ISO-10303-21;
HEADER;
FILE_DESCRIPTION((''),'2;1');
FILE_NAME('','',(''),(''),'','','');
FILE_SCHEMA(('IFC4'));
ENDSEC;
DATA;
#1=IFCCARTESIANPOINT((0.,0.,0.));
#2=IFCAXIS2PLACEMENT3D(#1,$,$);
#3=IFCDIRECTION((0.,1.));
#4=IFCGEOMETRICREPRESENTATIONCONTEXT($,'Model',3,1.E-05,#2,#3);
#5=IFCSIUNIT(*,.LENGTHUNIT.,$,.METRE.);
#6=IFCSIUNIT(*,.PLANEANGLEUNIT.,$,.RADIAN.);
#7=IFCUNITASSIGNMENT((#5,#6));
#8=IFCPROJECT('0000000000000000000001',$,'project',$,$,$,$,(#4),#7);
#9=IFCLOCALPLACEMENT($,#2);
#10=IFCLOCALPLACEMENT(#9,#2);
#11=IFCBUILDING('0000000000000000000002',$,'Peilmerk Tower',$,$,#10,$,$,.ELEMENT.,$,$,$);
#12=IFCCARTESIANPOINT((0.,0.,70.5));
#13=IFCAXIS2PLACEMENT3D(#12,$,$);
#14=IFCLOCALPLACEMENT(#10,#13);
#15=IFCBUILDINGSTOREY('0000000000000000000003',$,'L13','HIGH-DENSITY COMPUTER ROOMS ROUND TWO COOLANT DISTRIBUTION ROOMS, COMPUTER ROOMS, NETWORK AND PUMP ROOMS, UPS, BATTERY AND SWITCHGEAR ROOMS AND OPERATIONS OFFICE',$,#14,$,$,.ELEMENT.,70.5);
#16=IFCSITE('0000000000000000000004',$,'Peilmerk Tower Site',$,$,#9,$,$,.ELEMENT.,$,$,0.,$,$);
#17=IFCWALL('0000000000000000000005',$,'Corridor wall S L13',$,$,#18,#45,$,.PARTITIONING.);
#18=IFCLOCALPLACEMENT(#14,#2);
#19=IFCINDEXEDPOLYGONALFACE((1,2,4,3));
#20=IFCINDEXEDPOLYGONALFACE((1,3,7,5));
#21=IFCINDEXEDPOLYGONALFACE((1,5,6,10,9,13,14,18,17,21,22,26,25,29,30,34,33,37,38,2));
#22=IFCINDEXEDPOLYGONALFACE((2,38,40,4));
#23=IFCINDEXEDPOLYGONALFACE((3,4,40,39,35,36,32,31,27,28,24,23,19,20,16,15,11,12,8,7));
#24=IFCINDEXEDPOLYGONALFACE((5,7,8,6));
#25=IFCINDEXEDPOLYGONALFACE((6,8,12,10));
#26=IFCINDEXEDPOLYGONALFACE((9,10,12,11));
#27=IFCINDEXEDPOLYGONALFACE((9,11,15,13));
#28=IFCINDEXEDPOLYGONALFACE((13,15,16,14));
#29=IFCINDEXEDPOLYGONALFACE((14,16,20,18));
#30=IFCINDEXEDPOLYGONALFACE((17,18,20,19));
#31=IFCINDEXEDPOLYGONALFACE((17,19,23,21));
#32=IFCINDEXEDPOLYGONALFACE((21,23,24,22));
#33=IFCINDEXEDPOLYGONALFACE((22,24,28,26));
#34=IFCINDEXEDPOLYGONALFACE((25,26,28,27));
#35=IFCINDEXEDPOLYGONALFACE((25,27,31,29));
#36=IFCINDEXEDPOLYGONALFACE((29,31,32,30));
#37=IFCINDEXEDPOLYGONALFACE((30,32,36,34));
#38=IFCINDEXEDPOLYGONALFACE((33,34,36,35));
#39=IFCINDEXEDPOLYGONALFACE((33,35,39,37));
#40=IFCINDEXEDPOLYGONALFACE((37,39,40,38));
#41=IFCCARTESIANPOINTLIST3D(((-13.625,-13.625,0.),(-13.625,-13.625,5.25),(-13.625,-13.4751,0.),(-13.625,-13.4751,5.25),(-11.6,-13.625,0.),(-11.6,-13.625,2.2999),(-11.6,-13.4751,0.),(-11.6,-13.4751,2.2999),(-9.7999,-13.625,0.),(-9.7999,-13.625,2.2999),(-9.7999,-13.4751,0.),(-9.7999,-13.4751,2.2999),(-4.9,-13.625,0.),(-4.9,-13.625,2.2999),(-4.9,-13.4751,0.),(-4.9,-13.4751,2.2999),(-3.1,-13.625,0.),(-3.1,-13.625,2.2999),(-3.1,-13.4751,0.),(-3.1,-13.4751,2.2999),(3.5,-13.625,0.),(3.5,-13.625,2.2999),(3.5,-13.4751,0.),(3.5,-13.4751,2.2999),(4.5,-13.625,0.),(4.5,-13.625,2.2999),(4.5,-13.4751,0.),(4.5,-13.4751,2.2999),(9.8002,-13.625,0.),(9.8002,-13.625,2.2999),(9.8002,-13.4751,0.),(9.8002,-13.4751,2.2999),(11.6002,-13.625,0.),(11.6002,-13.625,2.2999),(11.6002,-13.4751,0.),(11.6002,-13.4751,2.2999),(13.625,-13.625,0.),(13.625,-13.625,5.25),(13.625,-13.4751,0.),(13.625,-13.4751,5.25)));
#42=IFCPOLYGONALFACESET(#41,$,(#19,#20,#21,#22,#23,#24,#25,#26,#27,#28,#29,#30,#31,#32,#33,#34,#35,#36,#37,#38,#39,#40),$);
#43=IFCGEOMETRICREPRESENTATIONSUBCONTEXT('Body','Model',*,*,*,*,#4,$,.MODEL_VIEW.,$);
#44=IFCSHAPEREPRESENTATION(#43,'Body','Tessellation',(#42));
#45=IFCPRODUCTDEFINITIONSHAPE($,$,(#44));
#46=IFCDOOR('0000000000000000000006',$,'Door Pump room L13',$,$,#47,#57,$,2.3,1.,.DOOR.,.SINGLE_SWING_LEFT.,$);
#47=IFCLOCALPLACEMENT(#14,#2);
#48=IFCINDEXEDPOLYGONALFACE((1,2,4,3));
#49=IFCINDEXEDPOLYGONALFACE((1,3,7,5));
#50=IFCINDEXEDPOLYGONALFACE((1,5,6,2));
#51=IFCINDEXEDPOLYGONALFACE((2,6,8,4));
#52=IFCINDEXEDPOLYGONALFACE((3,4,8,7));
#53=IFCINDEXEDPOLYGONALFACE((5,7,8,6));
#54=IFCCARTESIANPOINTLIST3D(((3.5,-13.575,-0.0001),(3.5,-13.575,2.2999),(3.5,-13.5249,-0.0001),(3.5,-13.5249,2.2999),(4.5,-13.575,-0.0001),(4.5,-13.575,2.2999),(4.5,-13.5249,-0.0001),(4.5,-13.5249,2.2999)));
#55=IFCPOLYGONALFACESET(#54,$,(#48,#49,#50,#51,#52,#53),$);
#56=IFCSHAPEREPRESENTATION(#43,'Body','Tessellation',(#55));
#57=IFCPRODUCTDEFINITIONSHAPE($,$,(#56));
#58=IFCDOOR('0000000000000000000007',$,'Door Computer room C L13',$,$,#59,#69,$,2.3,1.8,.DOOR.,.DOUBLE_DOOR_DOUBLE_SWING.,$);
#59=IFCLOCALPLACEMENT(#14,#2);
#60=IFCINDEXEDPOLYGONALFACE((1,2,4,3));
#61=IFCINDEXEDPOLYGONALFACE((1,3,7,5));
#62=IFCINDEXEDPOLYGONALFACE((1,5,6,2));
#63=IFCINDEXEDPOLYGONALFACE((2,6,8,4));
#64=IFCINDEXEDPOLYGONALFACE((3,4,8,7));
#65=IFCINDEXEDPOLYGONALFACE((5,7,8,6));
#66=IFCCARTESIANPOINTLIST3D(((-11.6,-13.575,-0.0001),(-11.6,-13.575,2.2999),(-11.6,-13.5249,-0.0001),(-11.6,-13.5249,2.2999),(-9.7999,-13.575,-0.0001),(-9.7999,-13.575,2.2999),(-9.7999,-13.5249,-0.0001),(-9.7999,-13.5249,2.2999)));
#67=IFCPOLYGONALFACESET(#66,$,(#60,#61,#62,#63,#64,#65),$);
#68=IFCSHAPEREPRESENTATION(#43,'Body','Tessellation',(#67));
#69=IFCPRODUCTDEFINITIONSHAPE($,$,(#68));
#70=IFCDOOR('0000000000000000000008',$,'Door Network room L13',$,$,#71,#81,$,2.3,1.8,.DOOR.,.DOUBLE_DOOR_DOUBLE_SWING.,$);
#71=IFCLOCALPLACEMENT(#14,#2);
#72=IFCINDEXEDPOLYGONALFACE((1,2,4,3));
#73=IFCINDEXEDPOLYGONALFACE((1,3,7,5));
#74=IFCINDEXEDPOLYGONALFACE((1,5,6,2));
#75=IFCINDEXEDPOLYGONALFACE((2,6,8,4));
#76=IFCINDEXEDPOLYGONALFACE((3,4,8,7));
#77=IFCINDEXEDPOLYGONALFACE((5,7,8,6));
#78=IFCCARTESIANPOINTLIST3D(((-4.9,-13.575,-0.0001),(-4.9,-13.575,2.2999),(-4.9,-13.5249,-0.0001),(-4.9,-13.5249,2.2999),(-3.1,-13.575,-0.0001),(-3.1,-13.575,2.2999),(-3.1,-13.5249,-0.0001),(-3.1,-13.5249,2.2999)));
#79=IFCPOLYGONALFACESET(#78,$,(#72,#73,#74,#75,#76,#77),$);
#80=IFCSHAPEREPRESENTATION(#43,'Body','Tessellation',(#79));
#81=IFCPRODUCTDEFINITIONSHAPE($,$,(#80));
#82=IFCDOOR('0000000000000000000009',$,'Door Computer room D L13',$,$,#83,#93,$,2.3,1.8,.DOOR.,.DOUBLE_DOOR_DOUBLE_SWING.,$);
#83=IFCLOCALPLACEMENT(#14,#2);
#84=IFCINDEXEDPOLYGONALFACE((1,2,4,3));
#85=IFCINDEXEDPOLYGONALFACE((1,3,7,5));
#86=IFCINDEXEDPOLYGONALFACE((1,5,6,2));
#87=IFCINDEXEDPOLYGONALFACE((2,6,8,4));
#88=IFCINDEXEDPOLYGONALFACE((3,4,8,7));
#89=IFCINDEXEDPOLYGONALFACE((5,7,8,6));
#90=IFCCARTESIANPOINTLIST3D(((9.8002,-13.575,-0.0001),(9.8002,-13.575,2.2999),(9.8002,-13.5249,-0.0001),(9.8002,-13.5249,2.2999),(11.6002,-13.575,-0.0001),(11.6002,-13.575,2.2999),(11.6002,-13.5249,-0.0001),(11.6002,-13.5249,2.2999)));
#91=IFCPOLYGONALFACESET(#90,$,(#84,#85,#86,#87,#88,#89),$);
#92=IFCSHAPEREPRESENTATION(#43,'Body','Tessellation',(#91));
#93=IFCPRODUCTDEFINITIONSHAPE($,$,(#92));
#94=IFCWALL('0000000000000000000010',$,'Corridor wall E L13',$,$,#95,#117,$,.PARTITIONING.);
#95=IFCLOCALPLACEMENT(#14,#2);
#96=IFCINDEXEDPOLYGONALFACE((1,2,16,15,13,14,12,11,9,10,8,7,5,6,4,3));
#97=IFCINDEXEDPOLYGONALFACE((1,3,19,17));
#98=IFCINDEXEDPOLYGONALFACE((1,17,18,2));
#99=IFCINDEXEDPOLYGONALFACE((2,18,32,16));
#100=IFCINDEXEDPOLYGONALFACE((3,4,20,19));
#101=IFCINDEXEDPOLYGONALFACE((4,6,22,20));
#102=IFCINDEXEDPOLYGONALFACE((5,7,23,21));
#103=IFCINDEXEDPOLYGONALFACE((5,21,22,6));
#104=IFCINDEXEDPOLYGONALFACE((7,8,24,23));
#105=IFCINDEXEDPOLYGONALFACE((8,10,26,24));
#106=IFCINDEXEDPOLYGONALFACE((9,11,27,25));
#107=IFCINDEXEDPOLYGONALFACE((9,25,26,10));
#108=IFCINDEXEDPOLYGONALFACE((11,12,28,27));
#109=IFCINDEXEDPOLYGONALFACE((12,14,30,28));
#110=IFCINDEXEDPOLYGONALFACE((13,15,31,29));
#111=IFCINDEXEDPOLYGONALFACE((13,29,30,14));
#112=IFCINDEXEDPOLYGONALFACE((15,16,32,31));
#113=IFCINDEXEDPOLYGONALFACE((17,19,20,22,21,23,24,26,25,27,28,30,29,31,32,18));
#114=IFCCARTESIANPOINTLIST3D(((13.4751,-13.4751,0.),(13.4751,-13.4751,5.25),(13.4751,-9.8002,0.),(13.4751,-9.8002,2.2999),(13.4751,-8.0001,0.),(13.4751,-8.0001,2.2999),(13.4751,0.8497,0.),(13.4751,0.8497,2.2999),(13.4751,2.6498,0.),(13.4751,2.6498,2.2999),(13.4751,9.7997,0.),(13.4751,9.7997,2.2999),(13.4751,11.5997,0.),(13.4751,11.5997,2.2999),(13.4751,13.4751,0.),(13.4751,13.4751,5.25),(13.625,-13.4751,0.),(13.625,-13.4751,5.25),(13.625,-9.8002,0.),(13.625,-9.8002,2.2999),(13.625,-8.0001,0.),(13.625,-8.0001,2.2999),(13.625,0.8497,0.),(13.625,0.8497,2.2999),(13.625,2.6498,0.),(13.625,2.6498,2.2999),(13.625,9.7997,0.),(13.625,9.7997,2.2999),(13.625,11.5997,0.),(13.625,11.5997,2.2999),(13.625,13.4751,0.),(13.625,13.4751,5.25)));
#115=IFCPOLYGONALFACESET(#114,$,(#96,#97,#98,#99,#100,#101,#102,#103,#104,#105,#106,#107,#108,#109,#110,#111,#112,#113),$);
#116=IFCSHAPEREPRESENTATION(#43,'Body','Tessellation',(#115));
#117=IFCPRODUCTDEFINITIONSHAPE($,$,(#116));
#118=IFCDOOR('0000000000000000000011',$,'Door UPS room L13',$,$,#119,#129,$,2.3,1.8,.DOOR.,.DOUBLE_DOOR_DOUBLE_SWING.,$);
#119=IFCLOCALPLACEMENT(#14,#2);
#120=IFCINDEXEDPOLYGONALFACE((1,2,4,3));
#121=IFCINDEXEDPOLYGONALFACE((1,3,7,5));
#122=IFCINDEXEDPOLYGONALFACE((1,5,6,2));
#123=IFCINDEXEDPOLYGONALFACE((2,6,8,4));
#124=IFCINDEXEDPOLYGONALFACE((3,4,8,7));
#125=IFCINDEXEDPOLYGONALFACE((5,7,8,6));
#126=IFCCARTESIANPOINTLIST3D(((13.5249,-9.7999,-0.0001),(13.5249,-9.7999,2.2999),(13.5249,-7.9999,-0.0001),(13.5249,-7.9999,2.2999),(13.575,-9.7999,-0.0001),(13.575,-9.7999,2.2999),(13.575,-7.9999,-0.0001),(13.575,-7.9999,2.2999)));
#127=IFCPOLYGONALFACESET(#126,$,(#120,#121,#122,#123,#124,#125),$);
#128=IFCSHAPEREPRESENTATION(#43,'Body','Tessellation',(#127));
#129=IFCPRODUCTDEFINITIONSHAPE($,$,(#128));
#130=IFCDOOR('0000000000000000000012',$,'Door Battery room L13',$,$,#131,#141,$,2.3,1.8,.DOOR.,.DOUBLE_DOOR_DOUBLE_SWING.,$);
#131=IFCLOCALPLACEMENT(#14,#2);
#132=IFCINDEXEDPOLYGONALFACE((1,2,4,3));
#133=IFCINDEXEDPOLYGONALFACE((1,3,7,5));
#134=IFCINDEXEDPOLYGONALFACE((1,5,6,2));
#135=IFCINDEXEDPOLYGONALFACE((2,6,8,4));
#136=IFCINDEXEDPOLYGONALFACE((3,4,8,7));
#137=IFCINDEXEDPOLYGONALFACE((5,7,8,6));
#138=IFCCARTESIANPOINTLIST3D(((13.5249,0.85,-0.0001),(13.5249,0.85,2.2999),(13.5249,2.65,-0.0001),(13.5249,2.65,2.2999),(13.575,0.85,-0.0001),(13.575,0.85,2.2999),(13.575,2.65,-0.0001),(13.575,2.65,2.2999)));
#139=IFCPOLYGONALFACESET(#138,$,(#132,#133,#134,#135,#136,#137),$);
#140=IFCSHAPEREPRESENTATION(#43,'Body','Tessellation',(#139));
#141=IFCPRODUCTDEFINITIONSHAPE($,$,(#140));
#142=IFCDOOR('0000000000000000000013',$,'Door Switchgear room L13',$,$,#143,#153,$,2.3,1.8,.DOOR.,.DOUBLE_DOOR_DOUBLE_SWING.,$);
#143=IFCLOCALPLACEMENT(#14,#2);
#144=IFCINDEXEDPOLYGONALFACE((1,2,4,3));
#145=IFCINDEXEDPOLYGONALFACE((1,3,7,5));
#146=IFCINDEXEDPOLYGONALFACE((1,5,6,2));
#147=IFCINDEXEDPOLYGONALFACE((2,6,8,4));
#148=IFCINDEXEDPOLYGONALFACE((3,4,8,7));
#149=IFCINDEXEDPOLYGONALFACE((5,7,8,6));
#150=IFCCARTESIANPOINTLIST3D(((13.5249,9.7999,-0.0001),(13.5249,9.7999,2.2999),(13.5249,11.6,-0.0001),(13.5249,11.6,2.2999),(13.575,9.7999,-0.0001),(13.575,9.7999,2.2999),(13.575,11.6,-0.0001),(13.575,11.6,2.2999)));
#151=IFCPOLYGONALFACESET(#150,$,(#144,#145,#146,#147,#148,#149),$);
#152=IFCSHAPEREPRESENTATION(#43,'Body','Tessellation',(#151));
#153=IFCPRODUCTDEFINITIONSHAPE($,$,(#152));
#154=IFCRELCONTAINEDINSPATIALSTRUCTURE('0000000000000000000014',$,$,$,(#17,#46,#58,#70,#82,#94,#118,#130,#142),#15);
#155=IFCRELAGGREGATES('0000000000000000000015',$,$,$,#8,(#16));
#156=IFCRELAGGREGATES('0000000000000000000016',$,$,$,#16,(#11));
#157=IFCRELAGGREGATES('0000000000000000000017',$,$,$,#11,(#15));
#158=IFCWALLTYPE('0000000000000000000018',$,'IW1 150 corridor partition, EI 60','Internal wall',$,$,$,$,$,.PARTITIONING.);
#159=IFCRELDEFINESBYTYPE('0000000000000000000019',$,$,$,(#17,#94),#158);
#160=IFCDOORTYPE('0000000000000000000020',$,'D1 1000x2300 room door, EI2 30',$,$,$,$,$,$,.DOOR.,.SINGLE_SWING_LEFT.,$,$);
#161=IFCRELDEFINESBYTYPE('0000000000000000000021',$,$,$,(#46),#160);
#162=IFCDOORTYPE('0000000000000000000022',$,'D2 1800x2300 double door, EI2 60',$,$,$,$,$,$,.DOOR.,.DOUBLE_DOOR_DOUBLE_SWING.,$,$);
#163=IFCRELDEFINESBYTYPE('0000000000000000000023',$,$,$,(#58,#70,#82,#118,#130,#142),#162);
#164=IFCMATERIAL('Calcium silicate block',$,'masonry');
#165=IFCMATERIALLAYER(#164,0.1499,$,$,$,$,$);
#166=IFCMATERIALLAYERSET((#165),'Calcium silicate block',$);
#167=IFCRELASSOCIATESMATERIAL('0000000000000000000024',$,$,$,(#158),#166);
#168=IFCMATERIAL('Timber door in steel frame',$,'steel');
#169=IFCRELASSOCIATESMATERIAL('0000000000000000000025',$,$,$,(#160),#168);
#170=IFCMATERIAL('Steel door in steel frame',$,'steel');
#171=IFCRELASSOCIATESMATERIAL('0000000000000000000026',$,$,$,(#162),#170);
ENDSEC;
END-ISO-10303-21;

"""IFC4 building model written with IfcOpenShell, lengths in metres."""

from ifc_helpers import new_model, si_unit, direction, frame, frame_2d, origin, place, context, subcontext, project, spatial, rectangle, extrude, material, layer, layer_set, type_object, element, fill, save


model = new_model("IFC4")

# Units and contexts
model_context = context("Model", 3, precision=1e-05, world=origin(), true_north=direction((0.0, 1.0)))
body_context = subcontext(model_context, "Body", "Model", "MODEL_VIEW")
ifc_project = project(units=[si_unit("LENGTHUNIT", "METRE"), si_unit("PLANEANGLEUNIT", "RADIAN")], contexts=[model_context])

# Site, building, storey
site_placement = place(None, origin())
site = spatial("IfcSite", under=ifc_project, at=site_placement, Name="Peilmerk Tower Site", CompositionType="ELEMENT", RefElevation=0.0)
building_placement = place(site_placement, origin())
building = spatial("IfcBuilding", under=site, at=building_placement, Name="Peilmerk Tower", CompositionType="ELEMENT")
storey_placement = place(building_placement, frame((0.0, 0.0, 70.5)))
storey = spatial("IfcBuildingStorey", under=building, at=storey_placement, Name="L13", Description="HIGH-DENSITY COMPUTER ROOMS ROUND TWO COOLANT DISTRIBUTION ROOMS, COMPUTER ROOMS, NETWORK AND PUMP ROOMS, UPS, BATTERY AND SWITCHGEAR ROOMS AND OPERATIONS OFFICE", CompositionType="ELEMENT", Elevation=70.5)

# Walls, openings, doors
ifc_material_1 = material(Name="Calcium silicate block", Category="masonry")
ifc_layer_1 = layer(ifc_material_1, 0.1499)
ifc_layer_set_1 = layer_set([ifc_layer_1], Name="Calcium silicate block")
wall_type_1 = type_object("IfcWallType", Name="IW1 150 corridor partition, EI 60", Description="Internal wall", PredefinedType="PARTITIONING", material=ifc_layer_set_1)
wall_1_placement = place(storey_placement, frame((13.625, -13.55, 0.0), z_axis=(0.0, 0.0, 1.0), x_axis=(-1.0, 0.0, 0.0)))
wall_1 = element("IfcWall", 1, at=wall_1_placement, inside=storey, type_object=wall_type_1, Name="Corridor wall S L13", PredefinedType="PARTITIONING", context=body_context, shape_type="SweptSolid", body=[
    extrude(rectangle(XDim=27.25, YDim=0.1499, at=frame_2d((13.625, 0.0))), origin(), (0.0, 0.0, 1.0), 5.25),
])
opening_1_placement = place(wall_1_placement, frame((23.425, 0.0, 0.0)))
opening_1 = element("IfcOpeningElement", 2, at=opening_1_placement, cuts=wall_1, PredefinedType="OPENING", context=body_context, shape_type="SweptSolid", body=[
    extrude(rectangle(XDim=1.8, YDim=2.3, at=frame_2d((0.8999, 1.1499))), frame((0.0, 0.085, 0.0), z_axis=(0.0, -1.0, 0.0), x_axis=(1.0, 0.0, 0.0)), (0.0, 0.0, 1.0), 0.1699),
])
opening_2_placement = place(wall_1_placement, frame((16.7251, 0.0, 0.0)))
opening_2 = element("IfcOpeningElement", 3, at=opening_2_placement, cuts=wall_1, PredefinedType="OPENING", context=body_context, shape_type="SweptSolid", body=[
    extrude(rectangle(XDim=1.8, YDim=2.3, at=frame_2d((0.8999, 1.1499))), frame((0.0, 0.085, 0.0), z_axis=(0.0, -1.0, 0.0), x_axis=(1.0, 0.0, 0.0)), (0.0, 0.0, 1.0), 0.1699),
])
opening_3_placement = place(wall_1_placement, frame((9.125, 0.0, 0.0)))
opening_3 = element("IfcOpeningElement", 4, at=opening_3_placement, cuts=wall_1, PredefinedType="OPENING", context=body_context, shape_type="SweptSolid", body=[
    extrude(rectangle(XDim=1.0, YDim=2.3, at=frame_2d((0.5, 1.1499))), frame((0.0, 0.085, 0.0), z_axis=(0.0, -1.0, 0.0), x_axis=(1.0, 0.0, 0.0)), (0.0, 0.0, 1.0), 0.1699),
])
opening_4_placement = place(wall_1_placement, frame((2.0249, 0.0, 0.0)))
opening_4 = element("IfcOpeningElement", 5, at=opening_4_placement, cuts=wall_1, PredefinedType="OPENING", context=body_context, shape_type="SweptSolid", body=[
    extrude(rectangle(XDim=1.8, YDim=2.3, at=frame_2d((0.8999, 1.1499))), frame((0.0, 0.085, 0.0), z_axis=(0.0, -1.0, 0.0), x_axis=(1.0, 0.0, 0.0)), (0.0, 0.0, 1.0), 0.1699),
])
ifc_material_2 = material(Name="Timber door in steel frame", Category="steel")
door_type_1 = type_object("IfcDoorType", Name="D1 1000x2300 room door, EI2 30", OperationType="SINGLE_SWING_LEFT", PredefinedType="DOOR", material=ifc_material_2)
door_1_placement = place(opening_3_placement, origin())
door_1 = element("IfcDoor", 6, at=door_1_placement, inside=storey, type_object=door_type_1, Name="Door Pump room L13", OperationType="SINGLE_SWING_LEFT", OverallHeight=2.3, OverallWidth=1.0, PredefinedType="DOOR", context=body_context, shape_type="SweptSolid", body=[
    extrude(rectangle(XDim=1.0, YDim=2.3, at=frame_2d((0.5, 1.1499))), frame((0.0, 0.0249, 0.0), z_axis=(0.0, -1.0, 0.0), x_axis=(1.0, 0.0, 0.0)), (0.0, 0.0, 1.0), 0.05),
])
fill(opening_3, door_1)
ifc_material_3 = material(Name="Steel door in steel frame", Category="steel")
door_type_2 = type_object("IfcDoorType", Name="D2 1800x2300 double door, EI2 60", OperationType="DOUBLE_DOOR_DOUBLE_SWING", PredefinedType="DOOR", material=ifc_material_3)
door_2_placement = place(opening_1_placement, origin())
door_2 = element("IfcDoor", 7, at=door_2_placement, inside=storey, type_object=door_type_2, Name="Door Computer room C L13", OperationType="DOUBLE_DOOR_DOUBLE_SWING", OverallHeight=2.3, OverallWidth=1.8, PredefinedType="DOOR", context=body_context, shape_type="SweptSolid", body=[
    extrude(rectangle(XDim=1.8, YDim=2.3, at=frame_2d((0.8999, 1.1499))), frame((0.0, 0.0249, 0.0), z_axis=(0.0, -1.0, 0.0), x_axis=(1.0, 0.0, 0.0)), (0.0, 0.0, 1.0), 0.05),
])
fill(opening_1, door_2)
door_3_placement = place(opening_2_placement, origin())
door_3 = element("IfcDoor", 8, at=door_3_placement, inside=storey, type_object=door_type_2, Name="Door Network room L13", OperationType="DOUBLE_DOOR_DOUBLE_SWING", OverallHeight=2.3, OverallWidth=1.8, PredefinedType="DOOR", context=body_context, shape_type="SweptSolid", body=[
    extrude(rectangle(XDim=1.8, YDim=2.3, at=frame_2d((0.8999, 1.1499))), frame((0.0, 0.0249, 0.0), z_axis=(0.0, -1.0, 0.0), x_axis=(1.0, 0.0, 0.0)), (0.0, 0.0, 1.0), 0.05),
])
fill(opening_2, door_3)
door_4_placement = place(opening_4_placement, origin())
door_4 = element("IfcDoor", 9, at=door_4_placement, inside=storey, type_object=door_type_2, Name="Door Computer room D L13", OperationType="DOUBLE_DOOR_DOUBLE_SWING", OverallHeight=2.3, OverallWidth=1.8, PredefinedType="DOOR", context=body_context, shape_type="SweptSolid", body=[
    extrude(rectangle(XDim=1.8, YDim=2.3, at=frame_2d((0.8999, 1.1499))), frame((0.0, 0.0249, 0.0), z_axis=(0.0, -1.0, 0.0), x_axis=(1.0, 0.0, 0.0)), (0.0, 0.0, 1.0), 0.05),
])
fill(opening_4, door_4)
wall_2_placement = place(storey_placement, frame((13.55, -13.4751, 0.0), z_axis=(0.0, 0.0, 1.0), x_axis=(0.0, 1.0, 0.0)))
wall_2 = element("IfcWall", 10, at=wall_2_placement, inside=storey, type_object=wall_type_1, Name="Corridor wall E L13", PredefinedType="PARTITIONING", context=body_context, shape_type="SweptSolid", body=[
    extrude(rectangle(XDim=26.9502, YDim=0.1499, at=frame_2d((13.4751, 0.0))), origin(), (0.0, 0.0, 1.0), 5.25),
])
opening_5_placement = place(wall_2_placement, frame((3.675, 0.0, 0.0)))
opening_5 = element("IfcOpeningElement", 11, at=opening_5_placement, cuts=wall_2, PredefinedType="OPENING", context=body_context, shape_type="SweptSolid", body=[
    extrude(rectangle(XDim=1.8, YDim=2.3, at=frame_2d((0.8999, 1.1499))), frame((0.0, 0.085, 0.0), z_axis=(0.0, -1.0, 0.0), x_axis=(1.0, 0.0, 0.0)), (0.0, 0.0, 1.0), 0.1699),
])
opening_6_placement = place(wall_2_placement, frame((14.325, 0.0, 0.0)))
opening_6 = element("IfcOpeningElement", 12, at=opening_6_placement, cuts=wall_2, PredefinedType="OPENING", context=body_context, shape_type="SweptSolid", body=[
    extrude(rectangle(XDim=1.8, YDim=2.3, at=frame_2d((0.8999, 1.1499))), frame((0.0, 0.085, 0.0), z_axis=(0.0, -1.0, 0.0), x_axis=(1.0, 0.0, 0.0)), (0.0, 0.0, 1.0), 0.1699),
])
opening_7_placement = place(wall_2_placement, frame((23.2749, 0.0, 0.0)))
opening_7 = element("IfcOpeningElement", 13, at=opening_7_placement, cuts=wall_2, PredefinedType="OPENING", context=body_context, shape_type="SweptSolid", body=[
    extrude(rectangle(XDim=1.8, YDim=2.3, at=frame_2d((0.8999, 1.1499))), frame((0.0, 0.085, 0.0), z_axis=(0.0, -1.0, 0.0), x_axis=(1.0, 0.0, 0.0)), (0.0, 0.0, 1.0), 0.1699),
])
door_5_placement = place(opening_5_placement, frame((1.8, 0.0, 0.0), z_axis=(0.0, 0.0, 1.0), x_axis=(-1.0, 0.0, 0.0)))
door_5 = element("IfcDoor", 14, at=door_5_placement, inside=storey, type_object=door_type_2, Name="Door UPS room L13", OperationType="DOUBLE_DOOR_DOUBLE_SWING", OverallHeight=2.3, OverallWidth=1.8, PredefinedType="DOOR", context=body_context, shape_type="SweptSolid", body=[
    extrude(rectangle(XDim=1.8, YDim=2.3, at=frame_2d((0.8999, 1.1499))), frame((0.0, 0.0249, 0.0), z_axis=(0.0, -1.0, 0.0), x_axis=(1.0, 0.0, 0.0)), (0.0, 0.0, 1.0), 0.05),
])
fill(opening_5, door_5)
door_6_placement = place(opening_6_placement, frame((1.8, 0.0, 0.0), z_axis=(0.0, 0.0, 1.0), x_axis=(-1.0, 0.0, 0.0)))
door_6 = element("IfcDoor", 15, at=door_6_placement, inside=storey, type_object=door_type_2, Name="Door Battery room L13", OperationType="DOUBLE_DOOR_DOUBLE_SWING", OverallHeight=2.3, OverallWidth=1.8, PredefinedType="DOOR", context=body_context, shape_type="SweptSolid", body=[
    extrude(rectangle(XDim=1.8, YDim=2.3, at=frame_2d((0.8999, 1.1499))), frame((0.0, 0.0249, 0.0), z_axis=(0.0, -1.0, 0.0), x_axis=(1.0, 0.0, 0.0)), (0.0, 0.0, 1.0), 0.05),
])
fill(opening_6, door_6)
door_7_placement = place(opening_7_placement, frame((1.8, 0.0, 0.0), z_axis=(0.0, 0.0, 1.0), x_axis=(-1.0, 0.0, 0.0)))
door_7 = element("IfcDoor", 16, at=door_7_placement, inside=storey, type_object=door_type_2, Name="Door Switchgear room L13", OperationType="DOUBLE_DOOR_DOUBLE_SWING", OverallHeight=2.3, OverallWidth=1.8, PredefinedType="DOOR", context=body_context, shape_type="SweptSolid", body=[
    extrude(rectangle(XDim=1.8, YDim=2.3, at=frame_2d((0.8999, 1.1499))), frame((0.0, 0.0249, 0.0), z_axis=(0.0, -1.0, 0.0), x_axis=(1.0, 0.0, 0.0)), (0.0, 0.0, 1.0), 0.05),
])
fill(opening_7, door_7)

save(model, "model.ifc")
